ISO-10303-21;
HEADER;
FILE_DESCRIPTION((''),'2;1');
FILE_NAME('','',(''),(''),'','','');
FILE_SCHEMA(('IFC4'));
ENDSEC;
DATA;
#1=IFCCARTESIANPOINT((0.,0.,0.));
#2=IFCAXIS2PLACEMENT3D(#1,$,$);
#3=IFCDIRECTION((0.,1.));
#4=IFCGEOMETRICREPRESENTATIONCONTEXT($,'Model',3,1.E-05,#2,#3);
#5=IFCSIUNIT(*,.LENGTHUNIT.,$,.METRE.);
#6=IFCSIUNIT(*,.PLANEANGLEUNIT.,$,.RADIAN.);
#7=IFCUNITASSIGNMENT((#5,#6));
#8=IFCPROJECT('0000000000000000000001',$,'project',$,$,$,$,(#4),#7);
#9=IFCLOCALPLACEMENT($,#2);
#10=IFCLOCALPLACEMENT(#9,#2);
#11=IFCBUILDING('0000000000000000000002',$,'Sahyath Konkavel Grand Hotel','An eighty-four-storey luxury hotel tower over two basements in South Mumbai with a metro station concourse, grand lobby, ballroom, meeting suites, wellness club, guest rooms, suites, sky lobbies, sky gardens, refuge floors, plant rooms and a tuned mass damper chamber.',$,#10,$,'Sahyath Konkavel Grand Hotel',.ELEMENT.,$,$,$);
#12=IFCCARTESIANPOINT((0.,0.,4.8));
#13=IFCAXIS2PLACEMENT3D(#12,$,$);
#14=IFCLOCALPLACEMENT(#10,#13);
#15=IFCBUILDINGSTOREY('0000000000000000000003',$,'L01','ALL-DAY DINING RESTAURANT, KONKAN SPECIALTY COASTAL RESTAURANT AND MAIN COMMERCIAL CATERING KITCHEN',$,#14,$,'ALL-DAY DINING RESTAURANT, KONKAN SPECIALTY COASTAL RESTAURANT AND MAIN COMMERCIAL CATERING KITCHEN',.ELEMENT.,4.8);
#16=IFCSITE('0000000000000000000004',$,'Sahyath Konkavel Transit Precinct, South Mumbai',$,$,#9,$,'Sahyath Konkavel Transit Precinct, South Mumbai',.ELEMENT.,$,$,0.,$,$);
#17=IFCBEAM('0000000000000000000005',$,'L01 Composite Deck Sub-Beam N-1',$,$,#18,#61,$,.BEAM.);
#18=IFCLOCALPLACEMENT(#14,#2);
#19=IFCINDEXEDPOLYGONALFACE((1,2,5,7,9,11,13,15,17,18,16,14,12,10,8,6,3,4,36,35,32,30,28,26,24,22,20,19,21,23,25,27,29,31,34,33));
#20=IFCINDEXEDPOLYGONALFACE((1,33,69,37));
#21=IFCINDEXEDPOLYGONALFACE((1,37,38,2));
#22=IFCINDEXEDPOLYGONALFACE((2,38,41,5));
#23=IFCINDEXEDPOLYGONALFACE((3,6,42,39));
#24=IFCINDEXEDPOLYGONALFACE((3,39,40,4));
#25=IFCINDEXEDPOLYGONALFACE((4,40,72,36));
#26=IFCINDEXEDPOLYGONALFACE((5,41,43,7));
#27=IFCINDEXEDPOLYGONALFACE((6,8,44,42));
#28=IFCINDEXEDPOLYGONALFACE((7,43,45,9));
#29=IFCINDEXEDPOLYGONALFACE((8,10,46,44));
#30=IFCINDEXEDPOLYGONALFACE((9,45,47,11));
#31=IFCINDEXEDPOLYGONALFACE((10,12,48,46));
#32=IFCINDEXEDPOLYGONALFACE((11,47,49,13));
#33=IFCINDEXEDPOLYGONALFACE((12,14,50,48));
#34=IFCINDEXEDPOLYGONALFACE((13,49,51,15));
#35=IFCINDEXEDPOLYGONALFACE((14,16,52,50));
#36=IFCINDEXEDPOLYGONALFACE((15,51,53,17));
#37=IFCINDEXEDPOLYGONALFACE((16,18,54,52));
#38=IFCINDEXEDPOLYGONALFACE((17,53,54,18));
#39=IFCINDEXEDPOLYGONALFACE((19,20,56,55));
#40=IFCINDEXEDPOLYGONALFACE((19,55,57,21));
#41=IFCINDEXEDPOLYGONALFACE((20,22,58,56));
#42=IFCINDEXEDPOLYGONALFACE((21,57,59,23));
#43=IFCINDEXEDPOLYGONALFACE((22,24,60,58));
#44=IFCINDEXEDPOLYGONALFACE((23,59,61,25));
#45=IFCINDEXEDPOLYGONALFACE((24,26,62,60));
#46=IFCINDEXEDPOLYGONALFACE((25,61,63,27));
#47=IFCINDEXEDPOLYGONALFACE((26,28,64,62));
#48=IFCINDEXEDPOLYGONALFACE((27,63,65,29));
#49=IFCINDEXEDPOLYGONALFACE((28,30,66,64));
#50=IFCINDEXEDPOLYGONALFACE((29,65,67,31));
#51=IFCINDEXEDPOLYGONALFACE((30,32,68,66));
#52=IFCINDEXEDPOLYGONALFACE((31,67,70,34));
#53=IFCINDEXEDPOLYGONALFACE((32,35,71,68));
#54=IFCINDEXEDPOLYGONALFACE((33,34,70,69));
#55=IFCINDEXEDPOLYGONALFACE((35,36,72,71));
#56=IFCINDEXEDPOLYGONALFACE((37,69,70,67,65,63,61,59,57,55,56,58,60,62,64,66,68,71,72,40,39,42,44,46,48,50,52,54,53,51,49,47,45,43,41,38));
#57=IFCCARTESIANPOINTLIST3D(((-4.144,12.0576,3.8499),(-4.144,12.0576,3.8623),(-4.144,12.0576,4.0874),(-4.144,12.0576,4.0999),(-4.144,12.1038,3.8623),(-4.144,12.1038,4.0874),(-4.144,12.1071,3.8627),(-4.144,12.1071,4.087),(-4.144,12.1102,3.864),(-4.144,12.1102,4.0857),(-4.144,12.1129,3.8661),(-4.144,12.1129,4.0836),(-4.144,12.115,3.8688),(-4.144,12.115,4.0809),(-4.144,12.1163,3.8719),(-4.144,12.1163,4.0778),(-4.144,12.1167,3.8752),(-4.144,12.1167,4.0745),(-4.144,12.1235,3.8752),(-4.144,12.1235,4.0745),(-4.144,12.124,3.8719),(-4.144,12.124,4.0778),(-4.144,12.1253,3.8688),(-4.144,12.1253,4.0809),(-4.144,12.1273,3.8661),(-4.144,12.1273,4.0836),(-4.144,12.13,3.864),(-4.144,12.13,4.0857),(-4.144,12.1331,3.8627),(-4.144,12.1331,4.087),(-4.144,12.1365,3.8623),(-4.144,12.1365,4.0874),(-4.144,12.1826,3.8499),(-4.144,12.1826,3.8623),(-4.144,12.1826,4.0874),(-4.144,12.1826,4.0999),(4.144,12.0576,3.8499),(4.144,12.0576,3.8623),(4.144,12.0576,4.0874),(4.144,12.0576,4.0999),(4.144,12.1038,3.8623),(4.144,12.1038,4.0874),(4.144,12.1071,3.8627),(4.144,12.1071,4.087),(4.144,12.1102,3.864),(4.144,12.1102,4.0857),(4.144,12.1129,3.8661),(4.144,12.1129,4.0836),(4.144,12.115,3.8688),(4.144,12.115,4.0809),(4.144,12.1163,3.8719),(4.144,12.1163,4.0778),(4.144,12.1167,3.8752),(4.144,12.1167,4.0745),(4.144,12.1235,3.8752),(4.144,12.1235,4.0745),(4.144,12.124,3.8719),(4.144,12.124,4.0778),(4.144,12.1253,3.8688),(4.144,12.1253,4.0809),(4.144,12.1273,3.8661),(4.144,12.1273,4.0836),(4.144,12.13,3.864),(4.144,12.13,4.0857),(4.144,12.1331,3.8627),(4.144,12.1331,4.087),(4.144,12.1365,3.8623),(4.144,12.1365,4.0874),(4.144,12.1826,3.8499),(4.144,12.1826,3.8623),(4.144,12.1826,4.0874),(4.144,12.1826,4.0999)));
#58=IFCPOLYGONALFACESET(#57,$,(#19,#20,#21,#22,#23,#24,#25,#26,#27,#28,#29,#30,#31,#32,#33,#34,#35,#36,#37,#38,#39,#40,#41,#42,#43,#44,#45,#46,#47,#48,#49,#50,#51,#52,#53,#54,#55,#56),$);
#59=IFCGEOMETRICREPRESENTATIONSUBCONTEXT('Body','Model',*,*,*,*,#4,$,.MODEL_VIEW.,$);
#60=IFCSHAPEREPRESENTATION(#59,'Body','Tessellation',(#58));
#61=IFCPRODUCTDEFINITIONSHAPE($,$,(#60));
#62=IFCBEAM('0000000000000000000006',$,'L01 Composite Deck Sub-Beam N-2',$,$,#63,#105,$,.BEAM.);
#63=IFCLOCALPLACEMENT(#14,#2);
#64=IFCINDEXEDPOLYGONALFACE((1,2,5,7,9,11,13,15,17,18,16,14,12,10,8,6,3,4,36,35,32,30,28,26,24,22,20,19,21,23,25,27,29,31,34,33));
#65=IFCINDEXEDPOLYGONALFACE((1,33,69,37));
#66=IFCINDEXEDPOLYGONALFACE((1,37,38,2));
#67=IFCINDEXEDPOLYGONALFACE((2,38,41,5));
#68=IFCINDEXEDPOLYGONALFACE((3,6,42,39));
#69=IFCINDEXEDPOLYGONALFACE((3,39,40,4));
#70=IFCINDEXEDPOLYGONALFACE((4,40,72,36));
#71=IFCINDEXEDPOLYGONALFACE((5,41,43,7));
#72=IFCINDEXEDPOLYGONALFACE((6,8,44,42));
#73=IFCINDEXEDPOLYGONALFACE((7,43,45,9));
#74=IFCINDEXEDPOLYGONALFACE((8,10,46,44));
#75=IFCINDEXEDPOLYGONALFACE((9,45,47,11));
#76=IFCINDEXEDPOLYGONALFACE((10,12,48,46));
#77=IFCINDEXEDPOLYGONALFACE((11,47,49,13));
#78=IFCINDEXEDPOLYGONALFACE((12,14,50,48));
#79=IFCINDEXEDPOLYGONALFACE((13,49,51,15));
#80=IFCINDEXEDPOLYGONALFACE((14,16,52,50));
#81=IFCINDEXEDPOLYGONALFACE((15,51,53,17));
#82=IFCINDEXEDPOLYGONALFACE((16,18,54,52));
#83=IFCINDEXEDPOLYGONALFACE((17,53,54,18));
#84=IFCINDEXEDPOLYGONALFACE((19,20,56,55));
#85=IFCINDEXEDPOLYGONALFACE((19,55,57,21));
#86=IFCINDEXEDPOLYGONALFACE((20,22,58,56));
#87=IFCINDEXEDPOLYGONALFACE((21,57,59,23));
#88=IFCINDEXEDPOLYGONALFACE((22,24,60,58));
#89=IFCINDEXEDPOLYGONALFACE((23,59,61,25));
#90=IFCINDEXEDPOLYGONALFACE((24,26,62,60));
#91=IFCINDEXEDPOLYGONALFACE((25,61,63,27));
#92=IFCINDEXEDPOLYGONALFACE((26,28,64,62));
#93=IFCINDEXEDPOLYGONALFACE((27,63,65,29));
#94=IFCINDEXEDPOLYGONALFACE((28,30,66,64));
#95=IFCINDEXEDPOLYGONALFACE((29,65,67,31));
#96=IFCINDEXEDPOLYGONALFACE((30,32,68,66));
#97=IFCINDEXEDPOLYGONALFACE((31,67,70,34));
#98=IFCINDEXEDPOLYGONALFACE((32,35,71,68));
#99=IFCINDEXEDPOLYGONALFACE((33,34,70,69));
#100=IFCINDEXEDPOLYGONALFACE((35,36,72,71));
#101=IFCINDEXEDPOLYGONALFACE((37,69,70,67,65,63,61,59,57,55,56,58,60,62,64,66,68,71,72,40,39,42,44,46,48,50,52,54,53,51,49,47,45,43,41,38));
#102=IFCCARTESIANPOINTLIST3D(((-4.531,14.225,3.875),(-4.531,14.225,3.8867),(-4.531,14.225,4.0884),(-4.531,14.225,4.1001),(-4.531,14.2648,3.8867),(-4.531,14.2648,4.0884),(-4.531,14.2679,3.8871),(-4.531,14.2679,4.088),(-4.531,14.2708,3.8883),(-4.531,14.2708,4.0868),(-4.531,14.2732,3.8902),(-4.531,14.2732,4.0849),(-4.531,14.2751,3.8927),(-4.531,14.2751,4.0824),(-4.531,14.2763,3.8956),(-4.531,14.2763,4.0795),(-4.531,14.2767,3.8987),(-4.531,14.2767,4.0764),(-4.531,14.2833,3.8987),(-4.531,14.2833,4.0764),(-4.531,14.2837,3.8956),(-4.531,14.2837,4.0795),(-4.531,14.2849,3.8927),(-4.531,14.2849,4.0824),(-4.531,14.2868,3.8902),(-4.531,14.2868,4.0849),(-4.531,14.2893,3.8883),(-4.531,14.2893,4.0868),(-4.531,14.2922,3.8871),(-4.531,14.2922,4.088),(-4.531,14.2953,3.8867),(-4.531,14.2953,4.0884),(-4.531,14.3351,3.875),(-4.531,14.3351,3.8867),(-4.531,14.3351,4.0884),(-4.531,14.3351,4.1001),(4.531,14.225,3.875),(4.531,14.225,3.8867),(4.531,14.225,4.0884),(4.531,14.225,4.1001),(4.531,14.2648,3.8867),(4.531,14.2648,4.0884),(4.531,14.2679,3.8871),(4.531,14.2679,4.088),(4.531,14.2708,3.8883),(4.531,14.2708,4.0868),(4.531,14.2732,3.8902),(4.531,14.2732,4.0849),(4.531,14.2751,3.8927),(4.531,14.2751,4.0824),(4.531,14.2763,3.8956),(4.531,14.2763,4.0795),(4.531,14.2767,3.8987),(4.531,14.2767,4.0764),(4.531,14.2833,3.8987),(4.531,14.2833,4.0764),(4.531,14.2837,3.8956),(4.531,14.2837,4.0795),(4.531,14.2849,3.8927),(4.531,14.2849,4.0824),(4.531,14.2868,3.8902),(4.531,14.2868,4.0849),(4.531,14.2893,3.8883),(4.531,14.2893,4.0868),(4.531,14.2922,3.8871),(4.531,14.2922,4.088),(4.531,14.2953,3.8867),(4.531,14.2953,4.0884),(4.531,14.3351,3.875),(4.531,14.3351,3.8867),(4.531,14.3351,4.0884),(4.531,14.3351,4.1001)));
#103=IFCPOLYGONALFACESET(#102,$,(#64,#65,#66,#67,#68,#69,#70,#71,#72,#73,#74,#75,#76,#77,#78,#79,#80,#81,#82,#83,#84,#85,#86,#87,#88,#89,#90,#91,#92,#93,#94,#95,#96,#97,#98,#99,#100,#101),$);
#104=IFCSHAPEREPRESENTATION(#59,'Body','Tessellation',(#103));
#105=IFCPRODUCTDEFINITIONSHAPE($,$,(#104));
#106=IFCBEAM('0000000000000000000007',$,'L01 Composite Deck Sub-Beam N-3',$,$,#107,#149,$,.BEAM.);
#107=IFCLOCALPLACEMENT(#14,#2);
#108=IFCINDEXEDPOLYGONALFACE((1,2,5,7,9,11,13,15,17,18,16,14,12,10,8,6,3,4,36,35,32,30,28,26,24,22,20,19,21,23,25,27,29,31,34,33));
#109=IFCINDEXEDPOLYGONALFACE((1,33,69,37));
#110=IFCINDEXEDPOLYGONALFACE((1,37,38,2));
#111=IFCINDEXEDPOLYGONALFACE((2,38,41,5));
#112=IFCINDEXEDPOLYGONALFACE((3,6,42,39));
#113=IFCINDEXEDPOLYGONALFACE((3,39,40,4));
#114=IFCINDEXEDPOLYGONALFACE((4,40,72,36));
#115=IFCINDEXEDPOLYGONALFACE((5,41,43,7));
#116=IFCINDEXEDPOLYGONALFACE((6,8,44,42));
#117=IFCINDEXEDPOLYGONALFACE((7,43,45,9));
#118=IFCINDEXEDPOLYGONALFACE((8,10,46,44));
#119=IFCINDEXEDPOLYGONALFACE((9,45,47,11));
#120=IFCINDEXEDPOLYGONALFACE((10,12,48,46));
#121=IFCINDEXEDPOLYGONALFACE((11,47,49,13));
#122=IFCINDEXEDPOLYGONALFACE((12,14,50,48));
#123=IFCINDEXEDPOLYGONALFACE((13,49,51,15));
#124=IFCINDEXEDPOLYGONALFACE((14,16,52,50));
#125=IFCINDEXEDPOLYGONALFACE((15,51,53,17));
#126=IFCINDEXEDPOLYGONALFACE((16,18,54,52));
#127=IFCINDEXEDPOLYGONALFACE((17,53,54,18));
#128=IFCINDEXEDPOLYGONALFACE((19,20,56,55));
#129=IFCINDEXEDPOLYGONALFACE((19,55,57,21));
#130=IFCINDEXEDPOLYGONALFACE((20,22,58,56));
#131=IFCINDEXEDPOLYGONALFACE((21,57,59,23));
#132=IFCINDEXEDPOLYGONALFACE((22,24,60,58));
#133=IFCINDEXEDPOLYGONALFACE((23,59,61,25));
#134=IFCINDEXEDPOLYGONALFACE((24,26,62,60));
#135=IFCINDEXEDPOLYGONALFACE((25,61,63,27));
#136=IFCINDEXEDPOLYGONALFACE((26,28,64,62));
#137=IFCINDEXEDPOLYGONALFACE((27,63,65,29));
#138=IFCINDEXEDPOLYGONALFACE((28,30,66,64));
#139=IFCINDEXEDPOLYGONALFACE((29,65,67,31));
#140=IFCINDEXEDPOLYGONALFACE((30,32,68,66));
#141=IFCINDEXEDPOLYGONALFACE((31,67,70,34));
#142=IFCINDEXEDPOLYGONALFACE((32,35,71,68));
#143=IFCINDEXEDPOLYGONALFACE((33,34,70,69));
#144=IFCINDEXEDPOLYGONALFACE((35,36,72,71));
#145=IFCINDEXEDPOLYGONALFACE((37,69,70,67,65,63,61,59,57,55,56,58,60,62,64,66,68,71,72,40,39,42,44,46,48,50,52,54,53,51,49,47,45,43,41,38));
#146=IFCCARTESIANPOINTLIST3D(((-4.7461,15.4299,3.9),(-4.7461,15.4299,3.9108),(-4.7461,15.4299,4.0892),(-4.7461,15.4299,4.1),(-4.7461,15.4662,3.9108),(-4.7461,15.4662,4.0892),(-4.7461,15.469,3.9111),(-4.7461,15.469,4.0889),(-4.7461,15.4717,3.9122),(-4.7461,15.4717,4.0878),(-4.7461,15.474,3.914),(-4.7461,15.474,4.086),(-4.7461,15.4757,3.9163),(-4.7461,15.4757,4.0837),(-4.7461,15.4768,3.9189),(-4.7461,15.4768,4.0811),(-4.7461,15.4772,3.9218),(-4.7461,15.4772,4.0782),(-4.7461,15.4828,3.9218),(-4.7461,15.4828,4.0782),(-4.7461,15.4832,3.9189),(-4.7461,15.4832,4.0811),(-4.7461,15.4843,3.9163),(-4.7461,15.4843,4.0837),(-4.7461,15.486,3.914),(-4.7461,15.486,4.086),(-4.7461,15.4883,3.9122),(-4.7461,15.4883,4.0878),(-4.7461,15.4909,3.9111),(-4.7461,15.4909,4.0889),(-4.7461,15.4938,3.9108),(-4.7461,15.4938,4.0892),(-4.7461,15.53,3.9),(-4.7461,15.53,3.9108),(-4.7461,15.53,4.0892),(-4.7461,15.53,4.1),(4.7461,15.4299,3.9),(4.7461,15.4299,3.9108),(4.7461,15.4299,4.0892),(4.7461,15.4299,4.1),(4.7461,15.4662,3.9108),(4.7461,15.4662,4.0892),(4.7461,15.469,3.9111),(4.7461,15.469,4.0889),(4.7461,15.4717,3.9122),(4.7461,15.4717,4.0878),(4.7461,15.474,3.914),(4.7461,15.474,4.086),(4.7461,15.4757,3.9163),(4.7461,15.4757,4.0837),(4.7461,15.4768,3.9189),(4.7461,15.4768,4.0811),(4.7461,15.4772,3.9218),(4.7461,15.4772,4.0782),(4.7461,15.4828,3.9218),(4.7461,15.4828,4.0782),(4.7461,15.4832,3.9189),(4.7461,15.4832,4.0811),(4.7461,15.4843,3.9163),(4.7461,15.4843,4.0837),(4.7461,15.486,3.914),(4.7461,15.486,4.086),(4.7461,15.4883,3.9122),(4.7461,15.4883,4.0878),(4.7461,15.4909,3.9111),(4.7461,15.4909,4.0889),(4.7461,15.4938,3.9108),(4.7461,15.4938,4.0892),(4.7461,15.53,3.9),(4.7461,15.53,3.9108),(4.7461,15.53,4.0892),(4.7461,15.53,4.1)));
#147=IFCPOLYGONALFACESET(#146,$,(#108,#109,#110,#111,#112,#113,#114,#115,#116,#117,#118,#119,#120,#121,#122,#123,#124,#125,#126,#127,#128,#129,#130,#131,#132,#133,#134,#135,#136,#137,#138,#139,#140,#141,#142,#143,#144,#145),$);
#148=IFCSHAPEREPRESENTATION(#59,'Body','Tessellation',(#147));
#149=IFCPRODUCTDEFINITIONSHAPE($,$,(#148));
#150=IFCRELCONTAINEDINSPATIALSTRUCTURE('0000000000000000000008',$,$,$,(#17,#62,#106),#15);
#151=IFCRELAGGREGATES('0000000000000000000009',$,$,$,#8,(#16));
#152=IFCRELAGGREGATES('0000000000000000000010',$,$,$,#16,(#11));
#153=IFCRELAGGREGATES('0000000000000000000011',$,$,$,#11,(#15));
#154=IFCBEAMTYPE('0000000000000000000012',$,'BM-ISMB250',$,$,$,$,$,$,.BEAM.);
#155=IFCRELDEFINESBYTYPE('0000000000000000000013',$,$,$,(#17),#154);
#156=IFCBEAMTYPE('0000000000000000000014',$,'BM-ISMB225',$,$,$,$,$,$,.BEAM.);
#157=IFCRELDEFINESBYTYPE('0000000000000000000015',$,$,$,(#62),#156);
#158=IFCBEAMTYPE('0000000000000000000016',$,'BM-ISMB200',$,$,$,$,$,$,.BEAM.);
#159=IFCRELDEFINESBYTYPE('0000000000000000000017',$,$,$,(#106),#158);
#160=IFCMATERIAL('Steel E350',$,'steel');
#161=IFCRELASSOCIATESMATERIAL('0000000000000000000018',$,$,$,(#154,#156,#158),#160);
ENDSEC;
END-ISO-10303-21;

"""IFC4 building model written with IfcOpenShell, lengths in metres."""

from ifc_helpers import new_model, si_unit, direction, frame, origin, origin_2d, place, context, subcontext, project, spatial, i_section, extrude, source, transform, mapped, material, material_profile, profile_set, type_object, element, save


model = new_model("IFC4")

# Units and contexts
model_context = context("Model", 3, precision=1e-05, world=origin(), true_north=direction((0.0, 1.0)))
body_context = subcontext(model_context, "Body", "Model", "MODEL_VIEW")
ifc_project = project(units=[si_unit("LENGTHUNIT", "METRE"), si_unit("PLANEANGLEUNIT", "RADIAN")], contexts=[model_context])

# Site, building, storey
site_placement = place(None, origin())
site = spatial("IfcSite", under=ifc_project, at=site_placement, Name="Sahyath Konkavel Transit Precinct, South Mumbai", LongName="Sahyath Konkavel Transit Precinct, South Mumbai", CompositionType="ELEMENT", RefElevation=0.0)
building_placement = place(site_placement, origin())
building = spatial("IfcBuilding", under=site, at=building_placement, Name="Sahyath Konkavel Grand Hotel", Description="An eighty-four-storey luxury hotel tower over two basements in South Mumbai with a metro station concourse, grand lobby, ballroom, meeting suites, wellness club, guest rooms, suites, sky lobbies, sky gardens, refuge floors, plant rooms and a tuned mass damper chamber.", LongName="Sahyath Konkavel Grand Hotel", CompositionType="ELEMENT")
storey_placement = place(building_placement, frame((0.0, 0.0, 4.8)))
storey = spatial("IfcBuildingStorey", under=building, at=storey_placement, Name="L01", Description="ALL-DAY DINING RESTAURANT, KONKAN SPECIALTY COASTAL RESTAURANT AND MAIN COMMERCIAL CATERING KITCHEN", LongName="ALL-DAY DINING RESTAURANT, KONKAN SPECIALTY COASTAL RESTAURANT AND MAIN COMMERCIAL CATERING KITCHEN", CompositionType="ELEMENT", Elevation=4.8)

# Beams
ifc_material_1 = material(Name="Steel E350", Category="steel")
ifc_material_profile_1 = material_profile(ifc_material_1, i_section(OverallWidth=0.125, OverallDepth=0.25, WebThickness=0.0068, FlangeThickness=0.0125, FilletRadius=0.0129, at=origin_2d()), Name="ISMB 250")
ifc_profile_set_1 = profile_set([ifc_material_profile_1], Name="Steel E350")
beam_type_1 = type_object("IfcBeamType", Name="BM-ISMB250", PredefinedType="BEAM", material=ifc_profile_set_1)
shared_shape_1 = source(origin(), body_context, "Body", "SweptSolid", [
    extrude(i_section(OverallWidth=0.125, OverallDepth=0.25, WebThickness=0.0068, FlangeThickness=0.0125, FilletRadius=0.0129, at=origin_2d()), origin(), (0.0, 0.0, 1.0), 8.2881),
])
beam_1_placement = place(storey_placement, frame((4.144, 12.1201, 3.9749), z_axis=(-1.0, 0.0, 0.0), x_axis=(0.0, -1.0, 0.0)))
element("IfcBeam", 1, at=beam_1_placement, inside=storey, type_object=beam_type_1, Name="L01 Composite Deck Sub-Beam N-1", PredefinedType="BEAM", context=body_context, shape_type="MappedRepresentation", body=[
    mapped(shared_shape_1, transform((0.0, 0.0, 0.0), scale=1.0)),
])
ifc_material_profile_2 = material_profile(ifc_material_1, i_section(OverallWidth=0.1101, OverallDepth=0.2251, WebThickness=0.0066, FlangeThickness=0.0117, FilletRadius=0.012, at=origin_2d()), Name="ISMB 225")
ifc_profile_set_2 = profile_set([ifc_material_profile_2], Name="Steel E350")
beam_type_2 = type_object("IfcBeamType", Name="BM-ISMB225", PredefinedType="BEAM", material=ifc_profile_set_2)
shared_shape_2 = source(origin(), body_context, "Body", "SweptSolid", [
    extrude(i_section(OverallWidth=0.1101, OverallDepth=0.2251, WebThickness=0.0066, FlangeThickness=0.0117, FilletRadius=0.012, at=origin_2d()), origin(), (0.0, 0.0, 1.0), 9.062),
])
beam_2_placement = place(storey_placement, frame((4.531, 14.28, 3.9875), z_axis=(-1.0, 0.0, 0.0), x_axis=(0.0, -1.0, 0.0)))
element("IfcBeam", 2, at=beam_2_placement, inside=storey, type_object=beam_type_2, Name="L01 Composite Deck Sub-Beam N-2", PredefinedType="BEAM", context=body_context, shape_type="MappedRepresentation", body=[
    mapped(shared_shape_2, transform((0.0, 0.0, 0.0), scale=1.0)),
])
ifc_material_profile_3 = material_profile(ifc_material_1, i_section(OverallWidth=0.1001, OverallDepth=0.2, WebThickness=0.0056, FlangeThickness=0.0107, FilletRadius=0.011, at=origin_2d()), Name="ISMB 200")
ifc_profile_set_3 = profile_set([ifc_material_profile_3], Name="Steel E350")
beam_type_3 = type_object("IfcBeamType", Name="BM-ISMB200", PredefinedType="BEAM", material=ifc_profile_set_3)
shared_shape_3 = source(origin(), body_context, "Body", "SweptSolid", [
    extrude(i_section(OverallWidth=0.1001, OverallDepth=0.2, WebThickness=0.0056, FlangeThickness=0.0107, FilletRadius=0.011, at=origin_2d()), origin(), (0.0, 0.0, 1.0), 9.4922),
])
beam_3_placement = place(storey_placement, frame((4.7461, 15.48, 4.0), z_axis=(-1.0, 0.0, 0.0), x_axis=(0.0, -1.0, 0.0)))
element("IfcBeam", 3, at=beam_3_placement, inside=storey, type_object=beam_type_3, Name="L01 Composite Deck Sub-Beam N-3", PredefinedType="BEAM", context=body_context, shape_type="MappedRepresentation", body=[
    mapped(shared_shape_3, transform((0.0, 0.0, 0.0), scale=1.0)),
])

save(model, "model.ifc")
